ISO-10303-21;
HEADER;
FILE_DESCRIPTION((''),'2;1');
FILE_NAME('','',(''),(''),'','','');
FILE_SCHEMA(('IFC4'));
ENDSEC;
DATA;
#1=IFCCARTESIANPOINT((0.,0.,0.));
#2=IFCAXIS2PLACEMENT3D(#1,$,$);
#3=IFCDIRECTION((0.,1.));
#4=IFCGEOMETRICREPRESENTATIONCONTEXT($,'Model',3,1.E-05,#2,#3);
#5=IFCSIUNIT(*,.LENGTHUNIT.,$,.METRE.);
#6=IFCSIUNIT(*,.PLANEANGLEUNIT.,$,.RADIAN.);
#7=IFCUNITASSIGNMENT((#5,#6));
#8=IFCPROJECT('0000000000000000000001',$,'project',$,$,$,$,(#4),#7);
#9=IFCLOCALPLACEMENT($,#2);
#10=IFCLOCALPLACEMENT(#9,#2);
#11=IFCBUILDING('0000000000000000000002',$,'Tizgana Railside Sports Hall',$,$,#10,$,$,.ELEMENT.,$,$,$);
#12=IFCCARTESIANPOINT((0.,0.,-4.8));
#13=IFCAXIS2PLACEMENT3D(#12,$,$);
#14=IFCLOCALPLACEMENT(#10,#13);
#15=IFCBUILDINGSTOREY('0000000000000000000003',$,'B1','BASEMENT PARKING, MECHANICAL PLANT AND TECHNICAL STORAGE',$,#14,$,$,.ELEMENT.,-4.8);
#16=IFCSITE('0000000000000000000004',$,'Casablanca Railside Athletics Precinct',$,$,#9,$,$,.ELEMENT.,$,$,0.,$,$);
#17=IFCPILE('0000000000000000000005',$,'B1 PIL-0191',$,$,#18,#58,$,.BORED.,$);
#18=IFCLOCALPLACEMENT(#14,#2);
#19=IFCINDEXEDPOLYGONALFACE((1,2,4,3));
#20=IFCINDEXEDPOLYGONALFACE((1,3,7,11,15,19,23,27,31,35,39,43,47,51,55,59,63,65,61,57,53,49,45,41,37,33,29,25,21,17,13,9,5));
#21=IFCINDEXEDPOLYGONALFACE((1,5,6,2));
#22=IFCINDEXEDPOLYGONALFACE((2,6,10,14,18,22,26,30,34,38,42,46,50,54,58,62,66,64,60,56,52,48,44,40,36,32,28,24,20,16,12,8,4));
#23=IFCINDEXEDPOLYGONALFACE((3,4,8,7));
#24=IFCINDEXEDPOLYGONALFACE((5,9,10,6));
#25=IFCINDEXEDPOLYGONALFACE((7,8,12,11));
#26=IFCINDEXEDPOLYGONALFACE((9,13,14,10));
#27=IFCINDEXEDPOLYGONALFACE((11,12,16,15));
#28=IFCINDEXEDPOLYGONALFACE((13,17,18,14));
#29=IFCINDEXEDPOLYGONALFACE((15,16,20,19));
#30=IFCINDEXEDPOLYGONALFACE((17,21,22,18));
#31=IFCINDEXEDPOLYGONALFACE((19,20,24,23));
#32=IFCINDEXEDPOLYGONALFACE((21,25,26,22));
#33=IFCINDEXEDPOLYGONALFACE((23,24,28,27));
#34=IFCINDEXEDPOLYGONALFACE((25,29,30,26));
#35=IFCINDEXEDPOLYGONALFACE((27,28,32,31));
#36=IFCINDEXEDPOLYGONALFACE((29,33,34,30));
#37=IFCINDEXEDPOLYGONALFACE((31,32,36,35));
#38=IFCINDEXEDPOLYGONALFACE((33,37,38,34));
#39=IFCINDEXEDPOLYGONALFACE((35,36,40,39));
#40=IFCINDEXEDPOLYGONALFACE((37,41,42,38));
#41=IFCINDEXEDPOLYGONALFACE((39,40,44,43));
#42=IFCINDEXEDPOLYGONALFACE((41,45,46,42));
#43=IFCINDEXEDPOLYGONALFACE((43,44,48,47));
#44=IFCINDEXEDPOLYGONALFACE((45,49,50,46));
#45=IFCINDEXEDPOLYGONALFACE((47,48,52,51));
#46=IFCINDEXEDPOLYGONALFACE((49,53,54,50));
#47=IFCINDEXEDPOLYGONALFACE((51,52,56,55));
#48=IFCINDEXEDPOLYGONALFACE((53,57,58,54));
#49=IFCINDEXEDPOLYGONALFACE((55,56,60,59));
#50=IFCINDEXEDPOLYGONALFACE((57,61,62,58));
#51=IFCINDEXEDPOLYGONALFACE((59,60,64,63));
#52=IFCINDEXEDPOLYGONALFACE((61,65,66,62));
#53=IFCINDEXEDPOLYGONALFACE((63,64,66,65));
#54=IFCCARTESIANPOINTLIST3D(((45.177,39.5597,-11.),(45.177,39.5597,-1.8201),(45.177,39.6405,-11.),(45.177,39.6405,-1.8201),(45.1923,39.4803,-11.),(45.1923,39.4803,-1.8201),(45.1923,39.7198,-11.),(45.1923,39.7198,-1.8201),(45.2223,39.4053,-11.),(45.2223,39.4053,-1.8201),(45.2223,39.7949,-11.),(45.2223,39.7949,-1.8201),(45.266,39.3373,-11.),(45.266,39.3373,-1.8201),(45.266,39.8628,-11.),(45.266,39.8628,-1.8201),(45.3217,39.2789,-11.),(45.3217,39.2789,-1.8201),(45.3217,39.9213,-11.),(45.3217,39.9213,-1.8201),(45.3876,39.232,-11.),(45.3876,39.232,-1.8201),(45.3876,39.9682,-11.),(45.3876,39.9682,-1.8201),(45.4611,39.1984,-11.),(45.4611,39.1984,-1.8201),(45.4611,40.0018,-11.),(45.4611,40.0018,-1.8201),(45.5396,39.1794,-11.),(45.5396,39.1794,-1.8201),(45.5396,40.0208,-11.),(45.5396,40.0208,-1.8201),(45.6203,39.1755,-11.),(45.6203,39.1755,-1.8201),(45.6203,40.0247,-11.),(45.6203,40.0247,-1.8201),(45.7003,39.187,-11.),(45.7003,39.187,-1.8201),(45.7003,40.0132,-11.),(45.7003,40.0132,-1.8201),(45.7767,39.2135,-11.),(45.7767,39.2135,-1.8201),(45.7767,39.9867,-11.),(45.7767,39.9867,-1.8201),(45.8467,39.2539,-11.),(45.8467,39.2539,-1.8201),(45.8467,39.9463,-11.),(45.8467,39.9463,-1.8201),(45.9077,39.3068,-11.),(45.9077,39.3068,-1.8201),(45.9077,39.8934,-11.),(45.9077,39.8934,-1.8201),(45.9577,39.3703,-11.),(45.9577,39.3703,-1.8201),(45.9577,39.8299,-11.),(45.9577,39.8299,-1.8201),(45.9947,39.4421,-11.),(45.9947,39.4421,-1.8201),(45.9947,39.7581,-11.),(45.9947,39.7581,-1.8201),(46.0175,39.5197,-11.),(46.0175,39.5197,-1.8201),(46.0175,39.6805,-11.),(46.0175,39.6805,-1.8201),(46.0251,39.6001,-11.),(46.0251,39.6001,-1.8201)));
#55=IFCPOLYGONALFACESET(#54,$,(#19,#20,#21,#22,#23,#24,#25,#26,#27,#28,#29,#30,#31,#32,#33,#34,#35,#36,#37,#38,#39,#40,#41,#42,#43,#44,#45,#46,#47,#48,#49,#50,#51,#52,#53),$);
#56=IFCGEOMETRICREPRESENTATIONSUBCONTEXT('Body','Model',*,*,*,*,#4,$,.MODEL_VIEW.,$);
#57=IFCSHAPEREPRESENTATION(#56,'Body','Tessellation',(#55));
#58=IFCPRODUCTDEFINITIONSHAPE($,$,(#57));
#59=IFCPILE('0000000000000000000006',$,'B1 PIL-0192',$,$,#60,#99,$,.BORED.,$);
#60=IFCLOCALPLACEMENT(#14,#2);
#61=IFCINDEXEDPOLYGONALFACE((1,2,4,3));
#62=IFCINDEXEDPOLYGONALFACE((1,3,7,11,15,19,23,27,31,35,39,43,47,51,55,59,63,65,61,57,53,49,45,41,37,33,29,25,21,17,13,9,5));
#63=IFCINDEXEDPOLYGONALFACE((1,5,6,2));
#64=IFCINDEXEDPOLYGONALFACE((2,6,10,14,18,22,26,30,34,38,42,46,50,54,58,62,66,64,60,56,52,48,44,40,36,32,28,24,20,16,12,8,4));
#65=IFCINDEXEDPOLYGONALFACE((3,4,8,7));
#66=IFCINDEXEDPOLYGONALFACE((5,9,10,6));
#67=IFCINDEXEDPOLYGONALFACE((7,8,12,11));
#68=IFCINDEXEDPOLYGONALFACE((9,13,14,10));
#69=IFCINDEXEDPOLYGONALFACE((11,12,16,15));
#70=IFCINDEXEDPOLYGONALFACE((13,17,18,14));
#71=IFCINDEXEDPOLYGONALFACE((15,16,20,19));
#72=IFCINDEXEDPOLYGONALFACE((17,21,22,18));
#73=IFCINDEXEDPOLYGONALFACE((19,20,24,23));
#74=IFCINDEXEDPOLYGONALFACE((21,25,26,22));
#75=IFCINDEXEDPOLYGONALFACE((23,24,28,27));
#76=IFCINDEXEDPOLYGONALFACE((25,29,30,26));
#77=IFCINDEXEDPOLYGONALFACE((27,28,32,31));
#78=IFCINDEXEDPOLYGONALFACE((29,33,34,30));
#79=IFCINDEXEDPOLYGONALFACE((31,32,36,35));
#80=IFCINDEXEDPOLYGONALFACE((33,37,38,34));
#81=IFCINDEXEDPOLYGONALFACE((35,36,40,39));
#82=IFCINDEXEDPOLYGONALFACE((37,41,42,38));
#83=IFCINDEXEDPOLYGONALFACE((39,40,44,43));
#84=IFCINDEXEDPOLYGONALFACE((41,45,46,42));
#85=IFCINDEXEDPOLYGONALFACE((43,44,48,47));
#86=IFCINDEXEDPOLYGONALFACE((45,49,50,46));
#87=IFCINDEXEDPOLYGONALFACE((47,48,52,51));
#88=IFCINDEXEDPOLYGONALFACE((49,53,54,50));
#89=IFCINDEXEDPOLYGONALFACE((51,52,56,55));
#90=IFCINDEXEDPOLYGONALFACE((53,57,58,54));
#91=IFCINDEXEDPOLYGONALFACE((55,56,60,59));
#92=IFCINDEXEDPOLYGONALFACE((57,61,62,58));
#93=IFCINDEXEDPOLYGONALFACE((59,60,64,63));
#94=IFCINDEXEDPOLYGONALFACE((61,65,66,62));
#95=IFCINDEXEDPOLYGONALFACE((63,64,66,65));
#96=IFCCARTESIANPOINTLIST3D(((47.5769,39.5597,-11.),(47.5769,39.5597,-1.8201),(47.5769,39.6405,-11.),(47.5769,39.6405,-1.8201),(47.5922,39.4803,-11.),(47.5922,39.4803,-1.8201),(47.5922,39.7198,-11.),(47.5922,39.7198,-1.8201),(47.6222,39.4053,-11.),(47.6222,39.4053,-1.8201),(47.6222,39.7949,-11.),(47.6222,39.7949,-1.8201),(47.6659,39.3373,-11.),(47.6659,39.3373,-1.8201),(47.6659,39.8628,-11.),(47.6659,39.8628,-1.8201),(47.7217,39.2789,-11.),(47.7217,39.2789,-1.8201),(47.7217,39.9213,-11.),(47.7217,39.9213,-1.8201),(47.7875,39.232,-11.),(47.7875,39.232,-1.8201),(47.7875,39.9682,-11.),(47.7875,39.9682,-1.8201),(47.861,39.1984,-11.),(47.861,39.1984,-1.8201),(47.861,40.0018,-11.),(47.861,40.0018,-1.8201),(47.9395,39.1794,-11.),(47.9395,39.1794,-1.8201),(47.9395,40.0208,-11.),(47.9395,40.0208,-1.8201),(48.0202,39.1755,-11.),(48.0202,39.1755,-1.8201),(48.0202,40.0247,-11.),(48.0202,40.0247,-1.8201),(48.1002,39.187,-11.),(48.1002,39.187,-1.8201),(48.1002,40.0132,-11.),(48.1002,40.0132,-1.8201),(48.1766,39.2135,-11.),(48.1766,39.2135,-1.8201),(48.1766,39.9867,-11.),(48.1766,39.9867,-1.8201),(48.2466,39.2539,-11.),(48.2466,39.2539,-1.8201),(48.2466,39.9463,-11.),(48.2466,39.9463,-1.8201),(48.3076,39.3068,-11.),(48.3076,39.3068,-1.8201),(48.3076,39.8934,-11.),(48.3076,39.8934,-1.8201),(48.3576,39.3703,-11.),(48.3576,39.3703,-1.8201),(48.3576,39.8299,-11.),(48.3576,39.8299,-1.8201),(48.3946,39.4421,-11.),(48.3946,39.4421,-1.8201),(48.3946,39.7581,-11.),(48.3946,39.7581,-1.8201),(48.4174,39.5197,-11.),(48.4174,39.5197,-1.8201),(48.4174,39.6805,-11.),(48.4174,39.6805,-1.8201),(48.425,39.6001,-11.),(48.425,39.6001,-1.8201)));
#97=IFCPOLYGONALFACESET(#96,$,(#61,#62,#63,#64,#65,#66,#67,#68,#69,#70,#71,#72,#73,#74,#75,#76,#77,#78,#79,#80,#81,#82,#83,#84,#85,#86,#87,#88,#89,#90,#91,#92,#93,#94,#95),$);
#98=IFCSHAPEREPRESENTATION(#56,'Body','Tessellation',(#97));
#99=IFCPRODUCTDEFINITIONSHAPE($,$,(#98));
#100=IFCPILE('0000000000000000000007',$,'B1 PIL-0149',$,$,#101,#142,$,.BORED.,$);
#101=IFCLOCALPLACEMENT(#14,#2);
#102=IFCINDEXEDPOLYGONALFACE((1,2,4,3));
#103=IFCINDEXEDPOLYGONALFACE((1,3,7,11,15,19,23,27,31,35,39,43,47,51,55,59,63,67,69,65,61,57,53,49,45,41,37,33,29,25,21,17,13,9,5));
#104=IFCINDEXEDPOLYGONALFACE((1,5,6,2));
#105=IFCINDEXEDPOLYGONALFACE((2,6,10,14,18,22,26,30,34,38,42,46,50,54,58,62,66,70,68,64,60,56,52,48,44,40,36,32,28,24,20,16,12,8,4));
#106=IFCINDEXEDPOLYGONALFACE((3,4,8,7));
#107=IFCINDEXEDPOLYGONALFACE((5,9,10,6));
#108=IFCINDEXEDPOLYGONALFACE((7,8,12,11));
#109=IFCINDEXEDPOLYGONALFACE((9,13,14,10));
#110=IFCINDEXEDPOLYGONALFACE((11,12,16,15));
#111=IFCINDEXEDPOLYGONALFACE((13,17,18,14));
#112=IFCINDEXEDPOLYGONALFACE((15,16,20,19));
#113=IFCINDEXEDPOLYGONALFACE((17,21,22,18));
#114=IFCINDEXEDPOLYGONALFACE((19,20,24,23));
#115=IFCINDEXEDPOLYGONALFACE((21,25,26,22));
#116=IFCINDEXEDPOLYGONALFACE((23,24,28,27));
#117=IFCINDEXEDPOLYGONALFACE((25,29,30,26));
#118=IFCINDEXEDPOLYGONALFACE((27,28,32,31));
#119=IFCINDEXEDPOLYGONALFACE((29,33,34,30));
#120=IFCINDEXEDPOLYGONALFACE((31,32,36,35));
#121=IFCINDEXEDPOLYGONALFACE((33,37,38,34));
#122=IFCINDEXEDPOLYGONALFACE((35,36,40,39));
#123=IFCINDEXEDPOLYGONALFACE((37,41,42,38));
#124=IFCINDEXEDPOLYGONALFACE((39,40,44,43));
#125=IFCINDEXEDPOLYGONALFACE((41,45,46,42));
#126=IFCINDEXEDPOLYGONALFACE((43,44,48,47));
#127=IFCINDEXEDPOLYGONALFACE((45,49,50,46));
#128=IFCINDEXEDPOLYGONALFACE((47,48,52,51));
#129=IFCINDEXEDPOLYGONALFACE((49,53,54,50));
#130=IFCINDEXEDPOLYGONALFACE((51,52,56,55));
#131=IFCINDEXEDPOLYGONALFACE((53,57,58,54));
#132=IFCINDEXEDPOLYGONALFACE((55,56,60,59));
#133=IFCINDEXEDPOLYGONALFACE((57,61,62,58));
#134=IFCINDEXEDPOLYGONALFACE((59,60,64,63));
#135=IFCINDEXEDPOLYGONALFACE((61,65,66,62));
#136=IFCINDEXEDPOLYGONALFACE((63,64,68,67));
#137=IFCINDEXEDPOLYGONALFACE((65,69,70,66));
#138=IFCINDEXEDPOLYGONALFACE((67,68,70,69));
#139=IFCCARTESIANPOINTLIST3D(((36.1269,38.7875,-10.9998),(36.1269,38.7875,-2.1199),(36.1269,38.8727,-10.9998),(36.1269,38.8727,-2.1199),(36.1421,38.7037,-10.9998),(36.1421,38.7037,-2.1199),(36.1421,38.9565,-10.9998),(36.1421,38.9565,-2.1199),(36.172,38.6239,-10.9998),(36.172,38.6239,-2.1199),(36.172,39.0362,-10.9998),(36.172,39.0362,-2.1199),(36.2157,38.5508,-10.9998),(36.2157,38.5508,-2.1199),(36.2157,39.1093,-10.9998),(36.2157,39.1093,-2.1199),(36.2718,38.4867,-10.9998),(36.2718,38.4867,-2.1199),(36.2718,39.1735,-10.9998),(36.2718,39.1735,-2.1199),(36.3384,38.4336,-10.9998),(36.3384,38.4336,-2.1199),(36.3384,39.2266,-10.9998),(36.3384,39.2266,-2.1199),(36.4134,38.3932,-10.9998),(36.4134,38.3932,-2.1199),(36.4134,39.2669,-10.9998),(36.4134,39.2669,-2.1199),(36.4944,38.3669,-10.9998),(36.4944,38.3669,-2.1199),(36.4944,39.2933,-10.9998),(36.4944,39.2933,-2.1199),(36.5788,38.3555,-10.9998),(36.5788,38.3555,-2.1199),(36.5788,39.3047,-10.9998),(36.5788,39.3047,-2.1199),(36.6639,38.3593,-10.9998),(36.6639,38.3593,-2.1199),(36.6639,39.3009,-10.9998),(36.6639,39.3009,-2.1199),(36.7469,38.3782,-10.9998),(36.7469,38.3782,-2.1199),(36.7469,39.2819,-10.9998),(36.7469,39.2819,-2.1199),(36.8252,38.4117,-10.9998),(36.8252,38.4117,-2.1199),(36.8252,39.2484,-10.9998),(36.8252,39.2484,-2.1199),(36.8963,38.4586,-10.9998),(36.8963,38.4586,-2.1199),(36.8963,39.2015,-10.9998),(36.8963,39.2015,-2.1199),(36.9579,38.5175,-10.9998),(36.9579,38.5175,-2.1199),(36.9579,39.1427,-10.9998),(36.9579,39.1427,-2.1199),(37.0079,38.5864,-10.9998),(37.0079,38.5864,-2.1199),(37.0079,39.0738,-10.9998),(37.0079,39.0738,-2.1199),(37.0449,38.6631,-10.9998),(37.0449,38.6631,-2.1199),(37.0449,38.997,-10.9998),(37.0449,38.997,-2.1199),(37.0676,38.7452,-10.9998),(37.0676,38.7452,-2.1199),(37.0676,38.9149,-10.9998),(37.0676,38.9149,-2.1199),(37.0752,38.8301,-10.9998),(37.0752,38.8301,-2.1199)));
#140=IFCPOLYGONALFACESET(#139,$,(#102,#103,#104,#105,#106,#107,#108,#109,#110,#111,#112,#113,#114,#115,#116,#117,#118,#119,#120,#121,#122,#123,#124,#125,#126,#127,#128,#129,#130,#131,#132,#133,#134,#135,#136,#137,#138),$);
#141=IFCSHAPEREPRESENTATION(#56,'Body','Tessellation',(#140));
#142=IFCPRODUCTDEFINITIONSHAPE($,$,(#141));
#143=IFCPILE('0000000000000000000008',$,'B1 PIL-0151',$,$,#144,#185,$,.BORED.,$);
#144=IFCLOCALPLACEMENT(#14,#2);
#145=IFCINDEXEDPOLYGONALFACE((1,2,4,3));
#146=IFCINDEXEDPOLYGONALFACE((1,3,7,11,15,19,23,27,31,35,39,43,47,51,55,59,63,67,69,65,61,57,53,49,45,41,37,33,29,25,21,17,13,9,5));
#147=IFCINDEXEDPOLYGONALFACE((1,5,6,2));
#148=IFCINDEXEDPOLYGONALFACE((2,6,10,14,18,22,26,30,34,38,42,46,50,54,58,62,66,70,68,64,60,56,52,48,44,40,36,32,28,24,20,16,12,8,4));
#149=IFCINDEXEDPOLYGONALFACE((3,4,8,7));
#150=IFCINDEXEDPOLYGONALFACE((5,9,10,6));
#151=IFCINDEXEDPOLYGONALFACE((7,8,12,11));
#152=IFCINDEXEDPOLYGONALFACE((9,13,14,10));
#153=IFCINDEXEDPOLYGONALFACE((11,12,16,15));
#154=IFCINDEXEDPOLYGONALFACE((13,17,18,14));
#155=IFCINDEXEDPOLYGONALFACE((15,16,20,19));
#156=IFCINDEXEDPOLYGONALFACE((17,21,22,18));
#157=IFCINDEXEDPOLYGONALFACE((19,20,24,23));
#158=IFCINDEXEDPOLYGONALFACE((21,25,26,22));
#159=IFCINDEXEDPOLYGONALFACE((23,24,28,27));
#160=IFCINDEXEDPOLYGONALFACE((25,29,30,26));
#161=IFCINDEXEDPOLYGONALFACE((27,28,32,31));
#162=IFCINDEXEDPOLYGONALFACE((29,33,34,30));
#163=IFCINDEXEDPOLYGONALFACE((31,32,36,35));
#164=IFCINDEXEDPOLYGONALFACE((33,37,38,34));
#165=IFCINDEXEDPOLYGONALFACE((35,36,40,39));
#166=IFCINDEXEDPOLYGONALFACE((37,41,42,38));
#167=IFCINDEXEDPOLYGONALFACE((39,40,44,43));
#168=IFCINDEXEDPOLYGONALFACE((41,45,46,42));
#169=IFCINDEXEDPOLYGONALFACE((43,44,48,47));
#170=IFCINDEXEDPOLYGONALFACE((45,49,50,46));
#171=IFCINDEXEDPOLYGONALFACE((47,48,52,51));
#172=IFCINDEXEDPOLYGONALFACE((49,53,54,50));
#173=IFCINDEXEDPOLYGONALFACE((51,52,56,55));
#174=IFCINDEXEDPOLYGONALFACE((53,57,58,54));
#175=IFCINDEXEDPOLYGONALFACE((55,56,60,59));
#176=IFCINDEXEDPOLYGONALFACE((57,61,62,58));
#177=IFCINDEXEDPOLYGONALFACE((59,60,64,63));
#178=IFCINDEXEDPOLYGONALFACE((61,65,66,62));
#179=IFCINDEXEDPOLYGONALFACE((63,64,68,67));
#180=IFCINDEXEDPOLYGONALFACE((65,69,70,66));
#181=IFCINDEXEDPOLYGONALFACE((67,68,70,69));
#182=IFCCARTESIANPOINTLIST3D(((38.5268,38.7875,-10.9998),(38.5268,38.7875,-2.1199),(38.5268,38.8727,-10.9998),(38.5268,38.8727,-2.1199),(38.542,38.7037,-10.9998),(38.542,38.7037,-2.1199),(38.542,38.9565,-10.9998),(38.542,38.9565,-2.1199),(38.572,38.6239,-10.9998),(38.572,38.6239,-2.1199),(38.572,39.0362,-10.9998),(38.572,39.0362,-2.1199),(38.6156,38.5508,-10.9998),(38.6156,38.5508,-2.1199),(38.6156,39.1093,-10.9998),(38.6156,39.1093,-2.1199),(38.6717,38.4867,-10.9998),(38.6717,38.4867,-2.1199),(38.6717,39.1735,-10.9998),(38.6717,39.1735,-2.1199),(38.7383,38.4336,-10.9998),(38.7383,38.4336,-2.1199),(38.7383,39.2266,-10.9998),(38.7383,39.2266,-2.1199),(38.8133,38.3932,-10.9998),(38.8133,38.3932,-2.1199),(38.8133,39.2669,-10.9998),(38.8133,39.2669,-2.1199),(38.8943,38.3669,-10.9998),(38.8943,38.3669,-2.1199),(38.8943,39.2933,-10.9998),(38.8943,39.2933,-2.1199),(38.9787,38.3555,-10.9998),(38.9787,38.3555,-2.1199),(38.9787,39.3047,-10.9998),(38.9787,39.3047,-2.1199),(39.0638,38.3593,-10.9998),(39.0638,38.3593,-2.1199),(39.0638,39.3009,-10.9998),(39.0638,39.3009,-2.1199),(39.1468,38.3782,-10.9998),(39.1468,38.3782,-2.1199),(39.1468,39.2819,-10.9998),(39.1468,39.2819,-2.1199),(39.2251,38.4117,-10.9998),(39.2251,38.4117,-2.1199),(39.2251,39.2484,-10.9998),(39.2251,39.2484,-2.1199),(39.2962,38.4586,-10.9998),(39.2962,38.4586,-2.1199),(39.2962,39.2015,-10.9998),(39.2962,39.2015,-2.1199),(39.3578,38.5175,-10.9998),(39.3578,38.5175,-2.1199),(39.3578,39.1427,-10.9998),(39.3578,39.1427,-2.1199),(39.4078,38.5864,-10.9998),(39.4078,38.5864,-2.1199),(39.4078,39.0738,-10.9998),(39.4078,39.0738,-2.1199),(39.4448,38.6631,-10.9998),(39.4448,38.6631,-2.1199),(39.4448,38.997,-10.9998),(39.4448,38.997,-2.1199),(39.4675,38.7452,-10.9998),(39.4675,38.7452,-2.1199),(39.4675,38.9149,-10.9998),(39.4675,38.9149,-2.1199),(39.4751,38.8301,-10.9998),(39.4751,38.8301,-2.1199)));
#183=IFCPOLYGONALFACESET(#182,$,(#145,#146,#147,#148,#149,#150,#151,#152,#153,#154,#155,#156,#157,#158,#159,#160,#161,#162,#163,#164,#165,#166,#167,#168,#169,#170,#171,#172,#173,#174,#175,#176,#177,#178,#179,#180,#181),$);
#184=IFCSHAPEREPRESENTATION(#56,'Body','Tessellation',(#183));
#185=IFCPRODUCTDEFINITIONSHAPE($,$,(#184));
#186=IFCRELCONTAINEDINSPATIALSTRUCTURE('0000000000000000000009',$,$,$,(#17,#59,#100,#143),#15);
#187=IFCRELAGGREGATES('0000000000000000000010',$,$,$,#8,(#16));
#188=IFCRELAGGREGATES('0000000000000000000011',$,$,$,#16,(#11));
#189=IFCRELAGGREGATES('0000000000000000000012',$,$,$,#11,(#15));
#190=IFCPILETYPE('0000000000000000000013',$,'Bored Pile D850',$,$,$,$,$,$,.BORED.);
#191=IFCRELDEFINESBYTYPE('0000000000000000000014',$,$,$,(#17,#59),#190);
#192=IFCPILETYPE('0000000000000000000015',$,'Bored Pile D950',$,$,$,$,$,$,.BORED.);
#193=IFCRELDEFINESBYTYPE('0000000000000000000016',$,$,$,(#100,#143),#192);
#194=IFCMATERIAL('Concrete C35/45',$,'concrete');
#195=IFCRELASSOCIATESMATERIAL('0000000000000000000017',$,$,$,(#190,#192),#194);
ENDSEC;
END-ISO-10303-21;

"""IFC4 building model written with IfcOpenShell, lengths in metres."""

from ifc_helpers import new_model, si_unit, direction, frame, origin, origin_2d, place, context, subcontext, project, spatial, circle, extrude, material, material_profile, profile_set, type_object, element, save


model = new_model("IFC4")

# Units and contexts
model_context = context("Model", 3, precision=1e-05, world=origin(), true_north=direction((0.0, 1.0)))
body_context = subcontext(model_context, "Body", "Model", "MODEL_VIEW")
ifc_project = project(units=[si_unit("LENGTHUNIT", "METRE"), si_unit("PLANEANGLEUNIT", "RADIAN")], contexts=[model_context])

# Site, building, storey
site_placement = place(None, origin())
site = spatial("IfcSite", under=ifc_project, at=site_placement, Name="Casablanca Railside Athletics Precinct", CompositionType="ELEMENT", RefElevation=0.0)
building_placement = place(site_placement, origin())
building = spatial("IfcBuilding", under=site, at=building_placement, Name="Tizgana Railside Sports Hall", CompositionType="ELEMENT")
storey_placement = place(building_placement, frame((0.0, 0.0, -4.8)))
storey = spatial("IfcBuildingStorey", under=building, at=storey_placement, Name="B1", Description="BASEMENT PARKING, MECHANICAL PLANT AND TECHNICAL STORAGE", CompositionType="ELEMENT", Elevation=-4.8)

# Piles
ifc_material_1 = material(Name="Concrete C35/45", Category="concrete")
ifc_material_profile_1 = material_profile(ifc_material_1, circle(Radius=0.425, at=origin_2d()), Name="PILE D850")
ifc_profile_set_1 = profile_set([ifc_material_profile_1], Name="Concrete C35/45")
pile_type_1 = type_object("IfcPileType", Name="Bored Pile D850", PredefinedType="BORED", material=ifc_profile_set_1)
for number, where, z_axis, x_axis, name in (
    (1, (45.6001, 39.6001, -1.8201), (0.0, 0.0, -1.0), (1.0, 0.0, 0.0), "B1 PIL-0191"),
    (2, (48.0, 39.6001, -1.8201), (0.0, 0.0, -1.0), (1.0, 0.0, 0.0), "B1 PIL-0192"),
):
    element("IfcPile", number, at=place(storey_placement, frame(where, z_axis=z_axis, x_axis=x_axis)), inside=storey, type_object=pile_type_1, Name=name, PredefinedType="BORED", context=body_context, shape_type="SweptSolid", body=[
        extrude(circle(Radius=0.425, at=origin_2d()), origin(), (0.0, 0.0, 1.0), 9.1799),
    ])
ifc_material_profile_2 = material_profile(ifc_material_1, circle(Radius=0.4751, at=origin_2d()), Name="PILE D950")
ifc_profile_set_2 = profile_set([ifc_material_profile_2], Name="Concrete C35/45")
pile_type_2 = type_object("IfcPileType", Name="Bored Pile D950", PredefinedType="BORED", material=ifc_profile_set_2)
for number, where, z_axis, x_axis, name in (
    (3, (36.6001, 38.8301, -2.1199), (0.0, 0.0, -1.0), (1.0, 0.0, 0.0), "B1 PIL-0149"),
    (4, (39.0, 38.8301, -2.1199), (0.0, 0.0, -1.0), (1.0, 0.0, 0.0), "B1 PIL-0151"),
):
    element("IfcPile", number, at=place(storey_placement, frame(where, z_axis=z_axis, x_axis=x_axis)), inside=storey, type_object=pile_type_2, Name=name, PredefinedType="BORED", context=body_context, shape_type="SweptSolid", body=[
        extrude(circle(Radius=0.4751, at=origin_2d()), origin(), (0.0, 0.0, 1.0), 8.8799),
    ])

save(model, "model.ifc")
